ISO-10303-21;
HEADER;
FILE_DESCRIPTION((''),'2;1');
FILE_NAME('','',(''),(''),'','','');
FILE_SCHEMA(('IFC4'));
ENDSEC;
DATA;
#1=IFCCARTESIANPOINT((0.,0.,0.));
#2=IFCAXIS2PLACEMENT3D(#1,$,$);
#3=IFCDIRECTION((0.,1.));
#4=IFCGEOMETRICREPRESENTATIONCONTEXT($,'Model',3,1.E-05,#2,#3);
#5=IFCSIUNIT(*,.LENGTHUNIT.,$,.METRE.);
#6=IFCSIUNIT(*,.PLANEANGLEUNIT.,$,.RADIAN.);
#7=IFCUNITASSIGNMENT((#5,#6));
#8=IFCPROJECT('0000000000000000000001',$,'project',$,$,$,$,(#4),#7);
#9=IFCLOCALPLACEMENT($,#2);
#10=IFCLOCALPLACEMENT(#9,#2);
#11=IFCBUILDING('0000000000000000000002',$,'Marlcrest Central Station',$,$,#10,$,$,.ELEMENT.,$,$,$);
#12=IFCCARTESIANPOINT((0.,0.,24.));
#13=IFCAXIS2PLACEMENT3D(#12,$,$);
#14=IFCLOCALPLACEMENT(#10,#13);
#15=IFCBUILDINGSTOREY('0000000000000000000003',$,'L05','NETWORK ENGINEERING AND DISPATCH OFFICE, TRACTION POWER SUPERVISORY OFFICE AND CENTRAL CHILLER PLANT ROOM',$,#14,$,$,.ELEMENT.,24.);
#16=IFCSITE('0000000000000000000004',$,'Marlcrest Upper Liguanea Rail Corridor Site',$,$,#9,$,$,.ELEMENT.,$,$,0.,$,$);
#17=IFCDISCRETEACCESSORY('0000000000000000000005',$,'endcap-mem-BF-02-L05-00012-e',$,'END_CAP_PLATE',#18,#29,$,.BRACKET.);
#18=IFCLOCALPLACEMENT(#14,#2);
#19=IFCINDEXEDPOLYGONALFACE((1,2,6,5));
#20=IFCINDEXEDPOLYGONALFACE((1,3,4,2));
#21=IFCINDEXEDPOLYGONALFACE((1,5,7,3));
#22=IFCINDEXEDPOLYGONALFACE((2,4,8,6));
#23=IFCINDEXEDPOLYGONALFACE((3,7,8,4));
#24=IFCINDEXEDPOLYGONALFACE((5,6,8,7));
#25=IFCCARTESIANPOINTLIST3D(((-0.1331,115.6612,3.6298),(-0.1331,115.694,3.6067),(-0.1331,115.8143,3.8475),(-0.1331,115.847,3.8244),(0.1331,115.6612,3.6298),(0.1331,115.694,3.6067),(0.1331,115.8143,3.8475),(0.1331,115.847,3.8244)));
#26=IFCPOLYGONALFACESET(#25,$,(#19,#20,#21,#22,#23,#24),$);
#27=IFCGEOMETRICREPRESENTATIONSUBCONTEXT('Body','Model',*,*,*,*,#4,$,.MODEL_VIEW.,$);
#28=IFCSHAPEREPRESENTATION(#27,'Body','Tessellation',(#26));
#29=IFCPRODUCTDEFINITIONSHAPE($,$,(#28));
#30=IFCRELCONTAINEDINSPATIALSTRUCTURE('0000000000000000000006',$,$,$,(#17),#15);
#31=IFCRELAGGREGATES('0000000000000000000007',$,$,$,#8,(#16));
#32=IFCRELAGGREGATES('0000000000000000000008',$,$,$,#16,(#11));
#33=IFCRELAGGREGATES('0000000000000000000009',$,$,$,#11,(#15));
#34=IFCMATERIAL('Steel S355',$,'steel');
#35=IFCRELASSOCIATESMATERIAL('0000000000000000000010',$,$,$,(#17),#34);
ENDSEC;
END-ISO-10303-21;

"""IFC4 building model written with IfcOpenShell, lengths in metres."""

from ifc_helpers import new_model, si_unit, direction, frame, origin, origin_2d, place, context, subcontext, project, spatial, rectangle, extrude, material, element, save


model = new_model("IFC4")

# Units and contexts
model_context = context("Model", 3, precision=1e-05, world=origin(), true_north=direction((0.0, 1.0)))
body_context = subcontext(model_context, "Body", "Model", "MODEL_VIEW")
ifc_project = project(units=[si_unit("LENGTHUNIT", "METRE"), si_unit("PLANEANGLEUNIT", "RADIAN")], contexts=[model_context])

# Site, building, storey
site_placement = place(None, origin())
site = spatial("IfcSite", under=ifc_project, at=site_placement, Name="Marlcrest Upper Liguanea Rail Corridor Site", CompositionType="ELEMENT", RefElevation=0.0)
building_placement = place(site_placement, origin())
building = spatial("IfcBuilding", under=site, at=building_placement, Name="Marlcrest Central Station", CompositionType="ELEMENT")
storey_placement = place(building_placement, frame((0.0, 0.0, 24.0)))
storey = spatial("IfcBuildingStorey", under=building, at=storey_placement, Name="L05", Description="NETWORK ENGINEERING AND DISPATCH OFFICE, TRACTION POWER SUPERVISORY OFFICE AND CENTRAL CHILLER PLANT ROOM", CompositionType="ELEMENT", Elevation=24.0)

# Shared definitions
ifc_material_1 = material(Name="Steel S355", Category="steel")

# Discrete accessory
for number, where, z_axis, x_axis, name in (
    (1, (0.0, 115.7705, 3.7156), (0.0, -0.818064, 0.575127), (1.0, 0.0, 0.0), "endcap-mem-BF-02-L05-00012-e"),
):
    element("IfcDiscreteAccessory", number, at=place(storey_placement, frame(where, z_axis=z_axis, x_axis=x_axis)), inside=storey, material=ifc_material_1, Name=name, ObjectType="END_CAP_PLATE", PredefinedType="BRACKET", context=body_context, shape_type="SweptSolid", body=[
        extrude(rectangle(XDim=0.2661, YDim=0.2661, at=origin_2d()), origin(), (0.0, 0.0, 1.0), 0.04),
    ])

save(model, "model.ifc")
